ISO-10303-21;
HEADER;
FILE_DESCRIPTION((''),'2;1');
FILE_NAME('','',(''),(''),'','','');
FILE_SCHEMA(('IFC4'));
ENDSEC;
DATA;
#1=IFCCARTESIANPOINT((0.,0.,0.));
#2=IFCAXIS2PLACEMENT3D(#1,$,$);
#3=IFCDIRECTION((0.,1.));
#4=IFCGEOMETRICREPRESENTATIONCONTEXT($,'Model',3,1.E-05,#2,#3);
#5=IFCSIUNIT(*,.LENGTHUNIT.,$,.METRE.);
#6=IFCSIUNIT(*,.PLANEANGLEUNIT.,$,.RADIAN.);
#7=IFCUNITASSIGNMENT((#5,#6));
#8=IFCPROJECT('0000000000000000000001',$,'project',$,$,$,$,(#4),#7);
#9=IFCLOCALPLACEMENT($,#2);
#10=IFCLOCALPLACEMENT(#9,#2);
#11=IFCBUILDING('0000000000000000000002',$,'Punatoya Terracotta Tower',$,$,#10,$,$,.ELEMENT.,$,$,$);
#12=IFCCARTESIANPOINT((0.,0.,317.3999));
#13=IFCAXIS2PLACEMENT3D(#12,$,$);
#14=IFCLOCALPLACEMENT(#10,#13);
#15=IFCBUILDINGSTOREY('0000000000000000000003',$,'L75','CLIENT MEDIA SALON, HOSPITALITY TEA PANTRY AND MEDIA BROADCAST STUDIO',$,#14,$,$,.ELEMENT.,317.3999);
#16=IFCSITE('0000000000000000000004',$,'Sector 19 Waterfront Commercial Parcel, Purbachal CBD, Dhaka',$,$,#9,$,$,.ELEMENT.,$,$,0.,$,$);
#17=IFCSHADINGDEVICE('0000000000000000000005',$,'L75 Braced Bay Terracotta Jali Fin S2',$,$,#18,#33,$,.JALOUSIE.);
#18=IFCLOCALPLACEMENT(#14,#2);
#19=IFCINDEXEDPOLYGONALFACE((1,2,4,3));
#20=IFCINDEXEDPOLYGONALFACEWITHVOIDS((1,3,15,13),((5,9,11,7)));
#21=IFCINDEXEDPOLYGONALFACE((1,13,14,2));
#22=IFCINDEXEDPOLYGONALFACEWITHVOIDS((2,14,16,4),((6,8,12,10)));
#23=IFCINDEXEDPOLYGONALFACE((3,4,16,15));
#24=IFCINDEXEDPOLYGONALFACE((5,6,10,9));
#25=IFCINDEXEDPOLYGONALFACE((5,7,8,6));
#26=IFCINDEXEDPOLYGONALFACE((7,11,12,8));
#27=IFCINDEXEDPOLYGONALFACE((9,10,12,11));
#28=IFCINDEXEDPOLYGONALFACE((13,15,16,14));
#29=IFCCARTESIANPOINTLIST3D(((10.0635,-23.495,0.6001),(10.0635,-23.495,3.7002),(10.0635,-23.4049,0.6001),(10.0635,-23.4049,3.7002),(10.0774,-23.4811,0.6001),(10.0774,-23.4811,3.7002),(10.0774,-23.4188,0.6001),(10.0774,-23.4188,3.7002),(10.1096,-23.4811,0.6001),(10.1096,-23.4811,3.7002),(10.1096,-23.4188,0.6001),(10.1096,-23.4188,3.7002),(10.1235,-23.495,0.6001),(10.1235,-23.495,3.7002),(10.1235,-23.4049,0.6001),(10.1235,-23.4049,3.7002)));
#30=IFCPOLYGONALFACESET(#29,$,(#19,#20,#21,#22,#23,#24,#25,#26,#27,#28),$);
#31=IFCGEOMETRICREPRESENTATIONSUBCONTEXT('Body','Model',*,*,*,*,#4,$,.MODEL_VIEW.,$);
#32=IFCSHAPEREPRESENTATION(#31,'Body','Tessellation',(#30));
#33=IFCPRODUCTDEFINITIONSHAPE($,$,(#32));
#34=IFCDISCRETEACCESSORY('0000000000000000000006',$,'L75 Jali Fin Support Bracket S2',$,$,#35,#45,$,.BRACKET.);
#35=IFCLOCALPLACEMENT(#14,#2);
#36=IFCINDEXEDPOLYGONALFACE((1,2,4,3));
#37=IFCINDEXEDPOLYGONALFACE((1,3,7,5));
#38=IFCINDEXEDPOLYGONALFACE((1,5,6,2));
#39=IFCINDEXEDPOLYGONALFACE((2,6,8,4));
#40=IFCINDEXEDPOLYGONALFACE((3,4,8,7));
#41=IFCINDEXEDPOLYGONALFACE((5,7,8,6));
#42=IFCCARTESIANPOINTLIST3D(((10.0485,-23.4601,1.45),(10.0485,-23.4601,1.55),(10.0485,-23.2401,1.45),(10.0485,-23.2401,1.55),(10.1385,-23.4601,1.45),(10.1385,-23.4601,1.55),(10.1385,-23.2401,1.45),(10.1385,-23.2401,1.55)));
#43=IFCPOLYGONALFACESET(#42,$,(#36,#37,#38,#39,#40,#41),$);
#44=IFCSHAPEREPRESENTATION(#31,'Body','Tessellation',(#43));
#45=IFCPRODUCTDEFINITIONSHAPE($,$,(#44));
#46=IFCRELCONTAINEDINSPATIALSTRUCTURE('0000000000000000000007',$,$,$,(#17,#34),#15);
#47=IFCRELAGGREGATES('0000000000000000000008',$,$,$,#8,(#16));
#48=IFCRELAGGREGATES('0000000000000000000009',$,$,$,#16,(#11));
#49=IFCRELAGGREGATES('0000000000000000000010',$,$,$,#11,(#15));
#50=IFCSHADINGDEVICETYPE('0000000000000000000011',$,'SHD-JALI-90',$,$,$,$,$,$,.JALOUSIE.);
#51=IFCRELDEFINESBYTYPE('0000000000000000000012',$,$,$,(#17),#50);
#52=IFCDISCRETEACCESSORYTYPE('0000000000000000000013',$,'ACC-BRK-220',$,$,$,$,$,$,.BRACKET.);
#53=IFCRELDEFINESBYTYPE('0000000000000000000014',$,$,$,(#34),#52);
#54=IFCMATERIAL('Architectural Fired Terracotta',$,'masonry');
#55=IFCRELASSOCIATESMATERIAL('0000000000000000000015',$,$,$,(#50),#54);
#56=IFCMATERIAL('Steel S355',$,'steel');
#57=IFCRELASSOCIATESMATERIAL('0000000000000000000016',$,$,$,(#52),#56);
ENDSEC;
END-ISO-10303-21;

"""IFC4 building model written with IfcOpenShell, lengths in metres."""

from ifc_helpers import new_model, si_unit, direction, frame, origin, origin_2d, place, context, subcontext, project, spatial, rectangle, hollow_rectangle, extrude, material, material_profile, profile_set, type_object, element, save


model = new_model("IFC4")

# Units and contexts
model_context = context("Model", 3, precision=1e-05, world=origin(), true_north=direction((0.0, 1.0)))
body_context = subcontext(model_context, "Body", "Model", "MODEL_VIEW")
ifc_project = project(units=[si_unit("LENGTHUNIT", "METRE"), si_unit("PLANEANGLEUNIT", "RADIAN")], contexts=[model_context])

# Site, building, storey
site_placement = place(None, origin())
site = spatial("IfcSite", under=ifc_project, at=site_placement, Name="Sector 19 Waterfront Commercial Parcel, Purbachal CBD, Dhaka", CompositionType="ELEMENT", RefElevation=0.0)
building_placement = place(site_placement, origin())
building = spatial("IfcBuilding", under=site, at=building_placement, Name="Punatoya Terracotta Tower", CompositionType="ELEMENT")
storey_placement = place(building_placement, frame((0.0, 0.0, 317.3999)))
storey = spatial("IfcBuildingStorey", under=building, at=storey_placement, Name="L75", Description="CLIENT MEDIA SALON, HOSPITALITY TEA PANTRY AND MEDIA BROADCAST STUDIO", CompositionType="ELEMENT", Elevation=317.3999)

# Shared definitions
ifc_material_1 = material(Name="Steel S355", Category="steel")

# Shading device
ifc_material_2 = material(Name="Architectural Fired Terracotta", Category="masonry")
ifc_material_profile_1 = material_profile(ifc_material_2, hollow_rectangle(XDim=0.0601, YDim=0.0901, WallThickness=0.0139, at=origin_2d()))
ifc_profile_set_1 = profile_set([ifc_material_profile_1], Name="Architectural Fired Terracotta")
shading_device_type = type_object("IfcShadingDeviceType", Name="SHD-JALI-90", PredefinedType="JALOUSIE", material=ifc_profile_set_1)
shading_device_placement = place(storey_placement, frame((10.0935, -23.45, 0.6001), z_axis=(0.0, 0.0, 1.0), x_axis=(1.0, 0.0, 0.0)))
element("IfcShadingDevice", 1, at=shading_device_placement, inside=storey, type_object=shading_device_type, Name="L75 Braced Bay Terracotta Jali Fin S2", PredefinedType="JALOUSIE", context=body_context, shape_type="SweptSolid", body=[
    extrude(hollow_rectangle(XDim=0.0601, YDim=0.0901, WallThickness=0.0139, at=origin_2d()), origin(), (0.0, 0.0, 1.0), 3.1001),
])

# Discrete accessory
discrete_accessory_type = type_object("IfcDiscreteAccessoryType", Name="ACC-BRK-220", PredefinedType="BRACKET", material=ifc_material_1)
discrete_accessory_placement = place(storey_placement, frame((10.0935, -23.3501, 1.45), z_axis=(0.0, 0.0, 1.0), x_axis=(1.0, 0.0, 0.0)))
element("IfcDiscreteAccessory", 2, at=discrete_accessory_placement, inside=storey, type_object=discrete_accessory_type, Name="L75 Jali Fin Support Bracket S2", PredefinedType="BRACKET", context=body_context, shape_type="SweptSolid", body=[
    extrude(rectangle(XDim=0.0901, YDim=0.22, at=origin_2d()), origin(), (0.0, 0.0, 1.0), 0.1001),
])

save(model, "model.ifc")
